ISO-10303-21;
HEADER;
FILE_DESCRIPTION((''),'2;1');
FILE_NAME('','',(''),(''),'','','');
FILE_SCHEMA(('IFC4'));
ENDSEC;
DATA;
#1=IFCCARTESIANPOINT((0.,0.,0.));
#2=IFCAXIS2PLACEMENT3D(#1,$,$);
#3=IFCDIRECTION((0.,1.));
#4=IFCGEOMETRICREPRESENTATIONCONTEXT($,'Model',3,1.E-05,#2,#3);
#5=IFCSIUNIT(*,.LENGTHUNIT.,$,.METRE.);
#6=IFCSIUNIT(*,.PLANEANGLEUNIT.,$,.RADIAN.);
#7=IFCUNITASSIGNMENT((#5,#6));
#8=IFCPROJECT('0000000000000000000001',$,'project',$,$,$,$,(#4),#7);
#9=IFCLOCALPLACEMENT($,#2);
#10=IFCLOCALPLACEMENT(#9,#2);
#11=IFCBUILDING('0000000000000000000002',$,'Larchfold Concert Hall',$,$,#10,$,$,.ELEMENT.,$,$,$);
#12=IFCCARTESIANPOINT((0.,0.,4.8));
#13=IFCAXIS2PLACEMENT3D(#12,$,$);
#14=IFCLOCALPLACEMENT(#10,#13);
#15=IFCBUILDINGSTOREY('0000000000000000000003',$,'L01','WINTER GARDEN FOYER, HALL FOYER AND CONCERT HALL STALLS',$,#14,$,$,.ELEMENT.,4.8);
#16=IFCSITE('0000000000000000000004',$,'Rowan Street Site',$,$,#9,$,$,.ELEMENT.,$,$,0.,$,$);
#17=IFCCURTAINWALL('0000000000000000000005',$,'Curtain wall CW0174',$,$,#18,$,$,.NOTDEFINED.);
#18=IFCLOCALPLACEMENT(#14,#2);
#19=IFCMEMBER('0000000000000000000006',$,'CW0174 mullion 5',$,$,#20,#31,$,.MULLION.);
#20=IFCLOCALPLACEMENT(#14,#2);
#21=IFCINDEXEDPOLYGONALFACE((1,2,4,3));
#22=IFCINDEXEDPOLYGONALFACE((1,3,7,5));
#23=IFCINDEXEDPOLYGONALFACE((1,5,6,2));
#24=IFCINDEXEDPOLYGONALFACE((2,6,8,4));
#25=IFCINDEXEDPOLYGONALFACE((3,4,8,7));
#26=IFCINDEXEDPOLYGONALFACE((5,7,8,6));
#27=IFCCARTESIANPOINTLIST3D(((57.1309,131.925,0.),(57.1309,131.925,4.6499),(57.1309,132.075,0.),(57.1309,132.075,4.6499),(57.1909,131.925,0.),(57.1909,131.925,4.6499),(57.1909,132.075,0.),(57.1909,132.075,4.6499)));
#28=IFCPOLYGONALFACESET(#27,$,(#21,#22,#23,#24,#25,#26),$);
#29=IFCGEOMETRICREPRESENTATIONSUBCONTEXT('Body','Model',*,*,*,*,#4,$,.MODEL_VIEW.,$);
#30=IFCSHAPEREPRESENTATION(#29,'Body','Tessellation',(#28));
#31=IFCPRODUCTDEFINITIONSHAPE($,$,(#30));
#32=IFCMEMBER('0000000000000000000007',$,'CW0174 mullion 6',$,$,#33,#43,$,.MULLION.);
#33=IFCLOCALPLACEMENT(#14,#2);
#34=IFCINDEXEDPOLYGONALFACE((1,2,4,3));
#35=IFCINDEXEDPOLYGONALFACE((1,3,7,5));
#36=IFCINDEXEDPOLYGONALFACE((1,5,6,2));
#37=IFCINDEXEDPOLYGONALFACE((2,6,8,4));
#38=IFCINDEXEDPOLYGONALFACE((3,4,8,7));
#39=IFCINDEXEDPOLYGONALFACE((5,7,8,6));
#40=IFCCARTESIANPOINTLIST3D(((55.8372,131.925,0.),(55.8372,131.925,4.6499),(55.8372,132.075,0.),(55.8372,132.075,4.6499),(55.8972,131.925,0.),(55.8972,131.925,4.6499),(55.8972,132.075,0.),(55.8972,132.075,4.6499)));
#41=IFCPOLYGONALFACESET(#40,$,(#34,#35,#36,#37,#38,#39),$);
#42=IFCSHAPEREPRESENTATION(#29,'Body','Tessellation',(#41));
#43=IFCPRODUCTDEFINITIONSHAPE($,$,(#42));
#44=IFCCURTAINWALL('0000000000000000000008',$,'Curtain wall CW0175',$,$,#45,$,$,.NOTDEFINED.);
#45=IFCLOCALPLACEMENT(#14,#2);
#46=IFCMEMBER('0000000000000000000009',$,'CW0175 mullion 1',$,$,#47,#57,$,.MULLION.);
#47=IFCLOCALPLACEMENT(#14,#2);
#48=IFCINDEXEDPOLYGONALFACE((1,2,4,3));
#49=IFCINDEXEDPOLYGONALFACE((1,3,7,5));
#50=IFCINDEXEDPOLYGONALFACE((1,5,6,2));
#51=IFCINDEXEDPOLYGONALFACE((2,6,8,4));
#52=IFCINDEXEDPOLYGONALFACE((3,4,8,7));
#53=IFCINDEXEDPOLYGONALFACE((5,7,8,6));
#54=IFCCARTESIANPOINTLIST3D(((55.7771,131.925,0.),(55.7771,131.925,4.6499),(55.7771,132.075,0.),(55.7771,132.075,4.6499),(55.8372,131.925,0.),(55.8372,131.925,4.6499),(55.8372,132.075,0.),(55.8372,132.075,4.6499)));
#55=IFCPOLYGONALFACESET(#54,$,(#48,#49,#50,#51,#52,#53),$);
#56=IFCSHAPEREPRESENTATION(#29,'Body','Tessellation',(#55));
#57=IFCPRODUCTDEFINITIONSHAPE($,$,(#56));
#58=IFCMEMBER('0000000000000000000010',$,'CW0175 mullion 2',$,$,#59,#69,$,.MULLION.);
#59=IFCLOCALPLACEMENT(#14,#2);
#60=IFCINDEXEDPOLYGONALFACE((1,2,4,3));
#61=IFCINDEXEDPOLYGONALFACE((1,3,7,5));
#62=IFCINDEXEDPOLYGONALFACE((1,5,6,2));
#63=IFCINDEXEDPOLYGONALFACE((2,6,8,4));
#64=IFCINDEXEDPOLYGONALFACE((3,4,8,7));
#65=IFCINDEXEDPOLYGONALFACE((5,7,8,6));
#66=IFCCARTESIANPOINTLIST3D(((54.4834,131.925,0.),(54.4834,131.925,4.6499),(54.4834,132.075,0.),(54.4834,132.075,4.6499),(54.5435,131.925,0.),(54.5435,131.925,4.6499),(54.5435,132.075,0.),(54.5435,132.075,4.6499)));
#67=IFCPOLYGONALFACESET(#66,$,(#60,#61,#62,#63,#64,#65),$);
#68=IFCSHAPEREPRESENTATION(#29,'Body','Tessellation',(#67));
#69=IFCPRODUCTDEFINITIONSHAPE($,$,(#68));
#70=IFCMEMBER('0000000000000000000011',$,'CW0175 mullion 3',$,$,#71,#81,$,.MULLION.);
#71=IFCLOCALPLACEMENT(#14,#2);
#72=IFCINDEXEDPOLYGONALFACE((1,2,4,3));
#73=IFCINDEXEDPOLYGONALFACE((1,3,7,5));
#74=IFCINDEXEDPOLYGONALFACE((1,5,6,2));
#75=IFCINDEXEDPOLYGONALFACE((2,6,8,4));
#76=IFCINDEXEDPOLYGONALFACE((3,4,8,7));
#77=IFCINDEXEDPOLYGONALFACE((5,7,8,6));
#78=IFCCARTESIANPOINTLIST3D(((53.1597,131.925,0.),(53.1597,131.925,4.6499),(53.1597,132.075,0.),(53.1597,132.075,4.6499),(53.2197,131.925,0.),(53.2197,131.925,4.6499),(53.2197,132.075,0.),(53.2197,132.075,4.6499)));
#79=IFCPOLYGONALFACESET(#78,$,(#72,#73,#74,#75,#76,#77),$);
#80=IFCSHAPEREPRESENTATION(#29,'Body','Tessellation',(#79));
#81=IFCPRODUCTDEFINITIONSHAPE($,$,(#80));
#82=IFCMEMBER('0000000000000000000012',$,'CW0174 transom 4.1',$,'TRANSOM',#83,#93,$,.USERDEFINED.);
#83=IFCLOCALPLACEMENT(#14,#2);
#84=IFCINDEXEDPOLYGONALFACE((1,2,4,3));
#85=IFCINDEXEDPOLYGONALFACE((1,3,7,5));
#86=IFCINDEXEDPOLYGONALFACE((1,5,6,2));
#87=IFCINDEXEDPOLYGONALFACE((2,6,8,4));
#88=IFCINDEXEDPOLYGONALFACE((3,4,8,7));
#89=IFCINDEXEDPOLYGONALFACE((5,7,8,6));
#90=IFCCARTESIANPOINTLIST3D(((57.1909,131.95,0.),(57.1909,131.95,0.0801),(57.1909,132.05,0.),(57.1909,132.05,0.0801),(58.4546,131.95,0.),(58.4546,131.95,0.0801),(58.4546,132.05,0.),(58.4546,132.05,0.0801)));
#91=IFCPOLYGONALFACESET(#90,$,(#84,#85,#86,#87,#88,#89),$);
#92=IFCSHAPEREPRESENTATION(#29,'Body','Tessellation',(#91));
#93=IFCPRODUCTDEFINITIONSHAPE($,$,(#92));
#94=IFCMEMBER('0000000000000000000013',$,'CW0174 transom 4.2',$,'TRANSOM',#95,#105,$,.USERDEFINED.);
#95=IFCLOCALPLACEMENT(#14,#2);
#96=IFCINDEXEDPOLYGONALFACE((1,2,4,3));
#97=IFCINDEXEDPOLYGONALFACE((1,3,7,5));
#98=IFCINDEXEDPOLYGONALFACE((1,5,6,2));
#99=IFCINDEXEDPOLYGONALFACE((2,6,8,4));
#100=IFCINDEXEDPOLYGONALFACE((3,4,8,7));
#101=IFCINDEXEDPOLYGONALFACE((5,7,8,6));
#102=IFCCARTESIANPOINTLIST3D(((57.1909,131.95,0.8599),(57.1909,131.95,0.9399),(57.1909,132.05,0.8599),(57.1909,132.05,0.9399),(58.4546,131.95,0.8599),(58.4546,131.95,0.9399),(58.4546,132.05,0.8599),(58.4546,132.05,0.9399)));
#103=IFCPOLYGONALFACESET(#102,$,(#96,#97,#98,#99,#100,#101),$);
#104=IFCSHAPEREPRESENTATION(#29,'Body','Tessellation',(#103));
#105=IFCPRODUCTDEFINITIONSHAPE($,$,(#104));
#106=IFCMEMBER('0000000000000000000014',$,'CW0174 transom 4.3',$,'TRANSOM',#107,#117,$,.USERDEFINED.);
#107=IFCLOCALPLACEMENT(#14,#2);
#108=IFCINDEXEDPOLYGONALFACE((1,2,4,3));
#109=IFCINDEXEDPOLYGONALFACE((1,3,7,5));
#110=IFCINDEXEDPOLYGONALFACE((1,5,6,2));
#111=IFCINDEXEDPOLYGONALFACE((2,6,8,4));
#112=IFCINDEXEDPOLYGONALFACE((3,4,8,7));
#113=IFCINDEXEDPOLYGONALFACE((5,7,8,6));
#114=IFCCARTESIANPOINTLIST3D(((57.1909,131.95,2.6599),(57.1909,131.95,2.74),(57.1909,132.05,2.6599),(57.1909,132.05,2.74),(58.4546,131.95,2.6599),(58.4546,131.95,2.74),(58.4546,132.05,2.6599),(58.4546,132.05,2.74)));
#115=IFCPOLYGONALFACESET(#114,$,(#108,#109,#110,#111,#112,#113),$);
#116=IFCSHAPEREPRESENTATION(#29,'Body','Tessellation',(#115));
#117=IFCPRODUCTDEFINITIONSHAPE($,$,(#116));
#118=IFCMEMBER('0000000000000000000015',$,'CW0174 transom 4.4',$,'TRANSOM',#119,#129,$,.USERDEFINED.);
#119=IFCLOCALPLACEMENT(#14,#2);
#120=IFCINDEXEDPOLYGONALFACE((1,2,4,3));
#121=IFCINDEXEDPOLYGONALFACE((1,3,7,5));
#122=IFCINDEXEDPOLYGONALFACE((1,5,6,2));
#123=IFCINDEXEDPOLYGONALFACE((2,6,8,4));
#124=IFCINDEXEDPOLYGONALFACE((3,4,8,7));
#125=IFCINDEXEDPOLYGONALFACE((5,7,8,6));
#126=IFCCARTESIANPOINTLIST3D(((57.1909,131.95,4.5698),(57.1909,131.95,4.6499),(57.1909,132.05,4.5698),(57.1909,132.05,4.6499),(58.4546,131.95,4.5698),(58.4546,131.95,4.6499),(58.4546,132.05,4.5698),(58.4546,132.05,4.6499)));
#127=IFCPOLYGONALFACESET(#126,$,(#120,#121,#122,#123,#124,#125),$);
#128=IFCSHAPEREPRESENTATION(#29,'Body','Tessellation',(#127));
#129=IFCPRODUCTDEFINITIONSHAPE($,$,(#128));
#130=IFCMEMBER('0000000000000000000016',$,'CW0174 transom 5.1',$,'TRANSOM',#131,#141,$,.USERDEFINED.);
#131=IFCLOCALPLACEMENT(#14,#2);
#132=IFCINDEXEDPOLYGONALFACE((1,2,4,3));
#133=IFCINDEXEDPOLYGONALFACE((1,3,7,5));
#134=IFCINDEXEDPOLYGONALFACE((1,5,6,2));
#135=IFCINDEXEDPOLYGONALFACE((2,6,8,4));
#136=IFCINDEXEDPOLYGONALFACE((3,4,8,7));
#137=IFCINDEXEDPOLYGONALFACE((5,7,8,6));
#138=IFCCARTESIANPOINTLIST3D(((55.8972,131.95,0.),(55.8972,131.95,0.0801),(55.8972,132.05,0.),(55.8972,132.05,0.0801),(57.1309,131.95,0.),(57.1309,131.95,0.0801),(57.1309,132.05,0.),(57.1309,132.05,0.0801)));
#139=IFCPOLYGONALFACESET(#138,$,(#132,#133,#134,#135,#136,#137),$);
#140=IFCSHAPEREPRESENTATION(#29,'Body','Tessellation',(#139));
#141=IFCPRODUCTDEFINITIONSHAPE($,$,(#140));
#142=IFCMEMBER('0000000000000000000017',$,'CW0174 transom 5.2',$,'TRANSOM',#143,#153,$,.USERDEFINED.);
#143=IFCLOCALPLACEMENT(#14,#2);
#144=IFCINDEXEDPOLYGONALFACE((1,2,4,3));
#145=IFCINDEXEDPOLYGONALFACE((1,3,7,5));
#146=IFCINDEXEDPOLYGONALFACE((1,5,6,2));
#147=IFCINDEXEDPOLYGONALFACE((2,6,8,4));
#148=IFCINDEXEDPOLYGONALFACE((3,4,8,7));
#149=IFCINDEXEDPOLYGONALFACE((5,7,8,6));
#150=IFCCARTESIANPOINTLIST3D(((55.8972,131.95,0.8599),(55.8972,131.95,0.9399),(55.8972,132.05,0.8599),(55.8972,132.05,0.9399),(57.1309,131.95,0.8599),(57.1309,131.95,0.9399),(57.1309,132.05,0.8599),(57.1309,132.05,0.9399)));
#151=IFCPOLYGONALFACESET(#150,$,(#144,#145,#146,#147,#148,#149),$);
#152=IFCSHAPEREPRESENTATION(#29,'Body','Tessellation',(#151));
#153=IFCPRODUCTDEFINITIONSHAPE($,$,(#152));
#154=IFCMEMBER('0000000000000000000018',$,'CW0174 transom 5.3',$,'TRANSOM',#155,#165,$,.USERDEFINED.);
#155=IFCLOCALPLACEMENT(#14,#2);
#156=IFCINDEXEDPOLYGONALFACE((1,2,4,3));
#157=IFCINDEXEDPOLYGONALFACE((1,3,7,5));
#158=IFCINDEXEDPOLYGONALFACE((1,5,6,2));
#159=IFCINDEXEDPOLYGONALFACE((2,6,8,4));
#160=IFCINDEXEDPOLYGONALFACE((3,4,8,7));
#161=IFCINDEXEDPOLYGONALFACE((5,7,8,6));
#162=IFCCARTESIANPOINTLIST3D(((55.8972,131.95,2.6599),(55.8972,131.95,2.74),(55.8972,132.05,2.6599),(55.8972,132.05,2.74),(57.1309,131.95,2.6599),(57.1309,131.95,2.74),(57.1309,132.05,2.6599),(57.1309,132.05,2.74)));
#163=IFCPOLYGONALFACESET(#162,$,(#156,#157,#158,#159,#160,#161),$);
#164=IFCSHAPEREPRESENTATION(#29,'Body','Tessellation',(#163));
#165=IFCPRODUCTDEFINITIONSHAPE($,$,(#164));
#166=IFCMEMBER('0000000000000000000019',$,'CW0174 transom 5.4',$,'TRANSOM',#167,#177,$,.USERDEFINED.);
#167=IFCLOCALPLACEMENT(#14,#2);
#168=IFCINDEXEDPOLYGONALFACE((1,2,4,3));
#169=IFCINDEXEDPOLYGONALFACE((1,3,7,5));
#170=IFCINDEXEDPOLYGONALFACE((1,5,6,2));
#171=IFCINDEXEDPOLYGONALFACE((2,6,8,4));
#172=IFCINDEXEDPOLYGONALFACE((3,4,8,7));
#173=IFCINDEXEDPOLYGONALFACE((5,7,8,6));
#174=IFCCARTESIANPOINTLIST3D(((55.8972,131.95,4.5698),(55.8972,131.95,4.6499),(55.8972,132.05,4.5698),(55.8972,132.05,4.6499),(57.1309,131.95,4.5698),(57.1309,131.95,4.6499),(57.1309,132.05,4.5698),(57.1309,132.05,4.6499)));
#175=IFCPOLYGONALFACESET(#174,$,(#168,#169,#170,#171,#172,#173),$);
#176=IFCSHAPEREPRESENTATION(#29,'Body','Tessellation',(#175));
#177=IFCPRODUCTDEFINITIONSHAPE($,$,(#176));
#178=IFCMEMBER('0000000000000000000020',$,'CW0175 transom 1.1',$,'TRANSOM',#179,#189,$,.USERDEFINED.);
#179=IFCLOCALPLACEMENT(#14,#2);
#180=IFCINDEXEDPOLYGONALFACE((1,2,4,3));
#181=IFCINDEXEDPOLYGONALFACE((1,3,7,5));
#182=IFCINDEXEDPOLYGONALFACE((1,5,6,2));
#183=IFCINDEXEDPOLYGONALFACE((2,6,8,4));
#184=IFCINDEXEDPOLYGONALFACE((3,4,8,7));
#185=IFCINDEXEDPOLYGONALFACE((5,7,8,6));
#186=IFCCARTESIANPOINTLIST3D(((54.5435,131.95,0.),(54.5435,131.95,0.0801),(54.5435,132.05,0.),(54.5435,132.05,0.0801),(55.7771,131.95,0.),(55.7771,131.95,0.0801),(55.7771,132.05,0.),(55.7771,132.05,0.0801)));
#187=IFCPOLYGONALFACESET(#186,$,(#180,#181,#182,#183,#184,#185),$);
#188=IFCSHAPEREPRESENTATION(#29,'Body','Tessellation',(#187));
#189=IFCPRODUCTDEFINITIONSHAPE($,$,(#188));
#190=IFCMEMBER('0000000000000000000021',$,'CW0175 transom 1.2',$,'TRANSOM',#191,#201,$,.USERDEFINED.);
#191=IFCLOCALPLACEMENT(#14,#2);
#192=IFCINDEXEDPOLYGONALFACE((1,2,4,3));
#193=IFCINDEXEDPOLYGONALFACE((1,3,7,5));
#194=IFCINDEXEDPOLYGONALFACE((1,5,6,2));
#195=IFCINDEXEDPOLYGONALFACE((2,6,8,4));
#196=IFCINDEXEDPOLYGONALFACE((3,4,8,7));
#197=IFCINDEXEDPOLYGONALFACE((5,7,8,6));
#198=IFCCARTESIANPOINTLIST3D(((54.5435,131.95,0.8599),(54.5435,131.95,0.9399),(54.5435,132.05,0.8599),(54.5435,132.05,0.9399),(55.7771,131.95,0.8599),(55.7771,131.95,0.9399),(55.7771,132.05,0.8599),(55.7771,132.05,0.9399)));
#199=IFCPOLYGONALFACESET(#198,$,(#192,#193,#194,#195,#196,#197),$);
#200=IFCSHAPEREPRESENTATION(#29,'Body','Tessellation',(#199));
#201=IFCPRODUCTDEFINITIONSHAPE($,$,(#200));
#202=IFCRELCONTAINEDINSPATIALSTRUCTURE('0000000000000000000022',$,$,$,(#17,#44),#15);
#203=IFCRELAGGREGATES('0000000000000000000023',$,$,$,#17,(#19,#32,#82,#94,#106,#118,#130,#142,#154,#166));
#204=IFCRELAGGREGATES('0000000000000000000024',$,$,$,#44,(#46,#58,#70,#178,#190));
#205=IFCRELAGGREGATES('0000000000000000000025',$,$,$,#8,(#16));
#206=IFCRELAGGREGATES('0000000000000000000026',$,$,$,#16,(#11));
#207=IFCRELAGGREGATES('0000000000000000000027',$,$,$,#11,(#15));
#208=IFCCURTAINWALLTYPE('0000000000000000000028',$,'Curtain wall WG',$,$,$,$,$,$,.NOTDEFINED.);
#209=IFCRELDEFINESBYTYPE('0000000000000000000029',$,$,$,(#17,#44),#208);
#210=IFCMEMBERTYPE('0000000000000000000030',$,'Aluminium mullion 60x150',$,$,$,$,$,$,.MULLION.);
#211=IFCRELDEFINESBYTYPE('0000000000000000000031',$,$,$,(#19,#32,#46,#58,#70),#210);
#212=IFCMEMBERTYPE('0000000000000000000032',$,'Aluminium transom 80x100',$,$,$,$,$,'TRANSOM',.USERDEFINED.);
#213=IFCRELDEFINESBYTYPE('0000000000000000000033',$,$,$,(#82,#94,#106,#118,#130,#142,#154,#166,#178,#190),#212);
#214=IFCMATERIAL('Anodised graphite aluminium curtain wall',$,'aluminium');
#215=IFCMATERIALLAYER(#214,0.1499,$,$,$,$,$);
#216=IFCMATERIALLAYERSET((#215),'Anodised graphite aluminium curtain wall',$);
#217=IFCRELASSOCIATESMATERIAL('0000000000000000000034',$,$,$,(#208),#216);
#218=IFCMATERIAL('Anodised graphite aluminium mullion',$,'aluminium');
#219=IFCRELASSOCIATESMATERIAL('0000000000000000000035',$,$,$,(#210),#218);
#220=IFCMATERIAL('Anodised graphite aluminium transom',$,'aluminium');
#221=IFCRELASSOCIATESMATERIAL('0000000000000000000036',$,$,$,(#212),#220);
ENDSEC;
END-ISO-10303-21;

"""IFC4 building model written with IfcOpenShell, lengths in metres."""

from ifc_helpers import new_model, si_unit, direction, frame, origin, origin_2d, place, context, subcontext, project, spatial, rectangle, extrude, material, layer, layer_set, material_profile, profile_set, type_object, element, aggregate, save


model = new_model("IFC4")

# Units and contexts
model_context = context("Model", 3, precision=1e-05, world=origin(), true_north=direction((0.0, 1.0)))
body_context = subcontext(model_context, "Body", "Model", "MODEL_VIEW")
ifc_project = project(units=[si_unit("LENGTHUNIT", "METRE"), si_unit("PLANEANGLEUNIT", "RADIAN")], contexts=[model_context])

# Site, building, storey
site_placement = place(None, origin())
site = spatial("IfcSite", under=ifc_project, at=site_placement, Name="Rowan Street Site", CompositionType="ELEMENT", RefElevation=0.0)
building_placement = place(site_placement, origin())
building = spatial("IfcBuilding", under=site, at=building_placement, Name="Larchfold Concert Hall", CompositionType="ELEMENT")
storey_placement = place(building_placement, frame((0.0, 0.0, 4.8)))
storey = spatial("IfcBuildingStorey", under=building, at=storey_placement, Name="L01", Description="WINTER GARDEN FOYER, HALL FOYER AND CONCERT HALL STALLS", CompositionType="ELEMENT", Elevation=4.8)

# Curtain walls, members
ifc_material_1 = material(Name="Anodised graphite aluminium curtain wall", Category="aluminium")
ifc_layer_1 = layer(ifc_material_1, 0.1499)
ifc_layer_set_1 = layer_set([ifc_layer_1], Name="Anodised graphite aluminium curtain wall")
curtain_wall_type = type_object("IfcCurtainWallType", Name="Curtain wall WG", PredefinedType="NOTDEFINED", material=ifc_layer_set_1)
curtain_wall_1_placement = place(storey_placement, origin())
curtain_wall_1 = element("IfcCurtainWall", 1, at=curtain_wall_1_placement, inside=storey, type_object=curtain_wall_type, Name="Curtain wall CW0174", PredefinedType="NOTDEFINED")
ifc_material_2 = material(Name="Anodised graphite aluminium mullion", Category="aluminium")
ifc_material_profile_1 = material_profile(ifc_material_2, rectangle(XDim=0.1499, YDim=0.0601, at=origin_2d()))
ifc_profile_set_1 = profile_set([ifc_material_profile_1], Name="Anodised graphite aluminium mullion")
member_type_1 = type_object("IfcMemberType", Name="Aluminium mullion 60x150", PredefinedType="MULLION", material=ifc_profile_set_1)
member_1_placement = place(storey_placement, frame((57.1609, 132.0, 0.0), z_axis=(0.0, 0.0, 1.0), x_axis=(0.0, -1.0, 0.0)))
member_1 = element("IfcMember", 2, at=member_1_placement, type_object=member_type_1, Name="CW0174 mullion 5", PredefinedType="MULLION", context=body_context, shape_type="SweptSolid", body=[
    extrude(rectangle(XDim=0.1499, YDim=0.0601, at=origin_2d()), origin(), (0.0, 0.0, 1.0), 4.6499),
])
member_2_placement = place(storey_placement, frame((55.8672, 132.0, 0.0), z_axis=(0.0, 0.0, 1.0), x_axis=(0.0, -1.0, 0.0)))
member_2 = element("IfcMember", 3, at=member_2_placement, type_object=member_type_1, Name="CW0174 mullion 6", PredefinedType="MULLION", context=body_context, shape_type="SweptSolid", body=[
    extrude(rectangle(XDim=0.1499, YDim=0.0601, at=origin_2d()), origin(), (0.0, 0.0, 1.0), 4.6499),
])
curtain_wall_2_placement = place(storey_placement, origin())
curtain_wall_2 = element("IfcCurtainWall", 4, at=curtain_wall_2_placement, inside=storey, type_object=curtain_wall_type, Name="Curtain wall CW0175", PredefinedType="NOTDEFINED")
member_3_placement = place(storey_placement, frame((55.8071, 132.0, 0.0), z_axis=(0.0, 0.0, 1.0), x_axis=(0.0, -1.0, 0.0)))
member_3 = element("IfcMember", 5, at=member_3_placement, type_object=member_type_1, Name="CW0175 mullion 1", PredefinedType="MULLION", context=body_context, shape_type="SweptSolid", body=[
    extrude(rectangle(XDim=0.1499, YDim=0.0601, at=origin_2d()), origin(), (0.0, 0.0, 1.0), 4.6499),
])
member_4_placement = place(storey_placement, frame((54.5134, 132.0, 0.0), z_axis=(0.0, 0.0, 1.0), x_axis=(0.0, -1.0, 0.0)))
member_4 = element("IfcMember", 6, at=member_4_placement, type_object=member_type_1, Name="CW0175 mullion 2", PredefinedType="MULLION", context=body_context, shape_type="SweptSolid", body=[
    extrude(rectangle(XDim=0.1499, YDim=0.0601, at=origin_2d()), origin(), (0.0, 0.0, 1.0), 4.6499),
])
member_5_placement = place(storey_placement, frame((53.1897, 132.0, 0.0), z_axis=(0.0, 0.0, 1.0), x_axis=(0.0, -1.0, 0.0)))
member_5 = element("IfcMember", 7, at=member_5_placement, type_object=member_type_1, Name="CW0175 mullion 3", PredefinedType="MULLION", context=body_context, shape_type="SweptSolid", body=[
    extrude(rectangle(XDim=0.1499, YDim=0.0601, at=origin_2d()), origin(), (0.0, 0.0, 1.0), 4.6499),
])

# Members
ifc_material_3 = material(Name="Anodised graphite aluminium transom", Category="aluminium")
ifc_material_profile_2 = material_profile(ifc_material_3, rectangle(XDim=0.1001, YDim=0.0801, at=origin_2d()))
ifc_profile_set_2 = profile_set([ifc_material_profile_2], Name="Anodised graphite aluminium transom")
member_type_2 = type_object("IfcMemberType", Name="Aluminium transom 80x100", ElementType="TRANSOM", PredefinedType="USERDEFINED", material=ifc_profile_set_2)
member_6_placement = place(storey_placement, frame((58.4546, 132.0, 0.04), z_axis=(-1.0, 0.0, 0.0), x_axis=(0.0, -1.0, 0.0)))
member_6 = element("IfcMember", 8, at=member_6_placement, type_object=member_type_2, Name="CW0174 transom 4.1", ObjectType="TRANSOM", PredefinedType="USERDEFINED", context=body_context, shape_type="SweptSolid", body=[
    extrude(rectangle(XDim=0.1001, YDim=0.0801, at=origin_2d()), origin(), (0.0, 0.0, 1.0), 1.2637),
])
member_7_placement = place(storey_placement, frame((58.4546, 132.0, 0.8999), z_axis=(-1.0, 0.0, 0.0), x_axis=(0.0, -1.0, 0.0)))
member_7 = element("IfcMember", 9, at=member_7_placement, type_object=member_type_2, Name="CW0174 transom 4.2", ObjectType="TRANSOM", PredefinedType="USERDEFINED", context=body_context, shape_type="SweptSolid", body=[
    extrude(rectangle(XDim=0.1001, YDim=0.0801, at=origin_2d()), origin(), (0.0, 0.0, 1.0), 1.2637),
])
member_8_placement = place(storey_placement, frame((58.4546, 132.0, 2.7), z_axis=(-1.0, 0.0, 0.0), x_axis=(0.0, -1.0, 0.0)))
member_8 = element("IfcMember", 10, at=member_8_placement, type_object=member_type_2, Name="CW0174 transom 4.3", ObjectType="TRANSOM", PredefinedType="USERDEFINED", context=body_context, shape_type="SweptSolid", body=[
    extrude(rectangle(XDim=0.1001, YDim=0.0801, at=origin_2d()), origin(), (0.0, 0.0, 1.0), 1.2637),
])
member_9_placement = place(storey_placement, frame((58.4546, 132.0, 4.6099), z_axis=(-1.0, 0.0, 0.0), x_axis=(0.0, -1.0, 0.0)))
member_9 = element("IfcMember", 11, at=member_9_placement, type_object=member_type_2, Name="CW0174 transom 4.4", ObjectType="TRANSOM", PredefinedType="USERDEFINED", context=body_context, shape_type="SweptSolid", body=[
    extrude(rectangle(XDim=0.1001, YDim=0.0801, at=origin_2d()), origin(), (0.0, 0.0, 1.0), 1.2637),
])
member_10_placement = place(storey_placement, frame((57.1309, 132.0, 0.04), z_axis=(-1.0, 0.0, 0.0), x_axis=(0.0, -1.0, 0.0)))
member_10 = element("IfcMember", 12, at=member_10_placement, type_object=member_type_2, Name="CW0174 transom 5.1", ObjectType="TRANSOM", PredefinedType="USERDEFINED", context=body_context, shape_type="SweptSolid", body=[
    extrude(rectangle(XDim=0.1001, YDim=0.0801, at=origin_2d()), origin(), (0.0, 0.0, 1.0), 1.2336),
])
member_11_placement = place(storey_placement, frame((57.1309, 132.0, 0.8999), z_axis=(-1.0, 0.0, 0.0), x_axis=(0.0, -1.0, 0.0)))
member_11 = element("IfcMember", 13, at=member_11_placement, type_object=member_type_2, Name="CW0174 transom 5.2", ObjectType="TRANSOM", PredefinedType="USERDEFINED", context=body_context, shape_type="SweptSolid", body=[
    extrude(rectangle(XDim=0.1001, YDim=0.0801, at=origin_2d()), origin(), (0.0, 0.0, 1.0), 1.2336),
])
member_12_placement = place(storey_placement, frame((57.1309, 132.0, 2.7), z_axis=(-1.0, 0.0, 0.0), x_axis=(0.0, -1.0, 0.0)))
member_12 = element("IfcMember", 14, at=member_12_placement, type_object=member_type_2, Name="CW0174 transom 5.3", ObjectType="TRANSOM", PredefinedType="USERDEFINED", context=body_context, shape_type="SweptSolid", body=[
    extrude(rectangle(XDim=0.1001, YDim=0.0801, at=origin_2d()), origin(), (0.0, 0.0, 1.0), 1.2336),
])
member_13_placement = place(storey_placement, frame((57.1309, 132.0, 4.6099), z_axis=(-1.0, 0.0, 0.0), x_axis=(0.0, -1.0, 0.0)))
member_13 = element("IfcMember", 15, at=member_13_placement, type_object=member_type_2, Name="CW0174 transom 5.4", ObjectType="TRANSOM", PredefinedType="USERDEFINED", context=body_context, shape_type="SweptSolid", body=[
    extrude(rectangle(XDim=0.1001, YDim=0.0801, at=origin_2d()), origin(), (0.0, 0.0, 1.0), 1.2336),
])
member_14_placement = place(storey_placement, frame((55.7771, 132.0, 0.04), z_axis=(-1.0, 0.0, 0.0), x_axis=(0.0, -1.0, 0.0)))
member_14 = element("IfcMember", 16, at=member_14_placement, type_object=member_type_2, Name="CW0175 transom 1.1", ObjectType="TRANSOM", PredefinedType="USERDEFINED", context=body_context, shape_type="SweptSolid", body=[
    extrude(rectangle(XDim=0.1001, YDim=0.0801, at=origin_2d()), origin(), (0.0, 0.0, 1.0), 1.2336),
])
member_15_placement = place(storey_placement, frame((55.7771, 132.0, 0.8999), z_axis=(-1.0, 0.0, 0.0), x_axis=(0.0, -1.0, 0.0)))
member_15 = element("IfcMember", 17, at=member_15_placement, type_object=member_type_2, Name="CW0175 transom 1.2", ObjectType="TRANSOM", PredefinedType="USERDEFINED", context=body_context, shape_type="SweptSolid", body=[
    extrude(rectangle(XDim=0.1001, YDim=0.0801, at=origin_2d()), origin(), (0.0, 0.0, 1.0), 1.2336),
])

aggregate(curtain_wall_1, [member_1, member_2, member_6, member_7, member_8, member_9, member_10, member_11, member_12, member_13])
aggregate(curtain_wall_2, [member_3, member_4, member_5, member_14, member_15])

save(model, "model.ifc")
